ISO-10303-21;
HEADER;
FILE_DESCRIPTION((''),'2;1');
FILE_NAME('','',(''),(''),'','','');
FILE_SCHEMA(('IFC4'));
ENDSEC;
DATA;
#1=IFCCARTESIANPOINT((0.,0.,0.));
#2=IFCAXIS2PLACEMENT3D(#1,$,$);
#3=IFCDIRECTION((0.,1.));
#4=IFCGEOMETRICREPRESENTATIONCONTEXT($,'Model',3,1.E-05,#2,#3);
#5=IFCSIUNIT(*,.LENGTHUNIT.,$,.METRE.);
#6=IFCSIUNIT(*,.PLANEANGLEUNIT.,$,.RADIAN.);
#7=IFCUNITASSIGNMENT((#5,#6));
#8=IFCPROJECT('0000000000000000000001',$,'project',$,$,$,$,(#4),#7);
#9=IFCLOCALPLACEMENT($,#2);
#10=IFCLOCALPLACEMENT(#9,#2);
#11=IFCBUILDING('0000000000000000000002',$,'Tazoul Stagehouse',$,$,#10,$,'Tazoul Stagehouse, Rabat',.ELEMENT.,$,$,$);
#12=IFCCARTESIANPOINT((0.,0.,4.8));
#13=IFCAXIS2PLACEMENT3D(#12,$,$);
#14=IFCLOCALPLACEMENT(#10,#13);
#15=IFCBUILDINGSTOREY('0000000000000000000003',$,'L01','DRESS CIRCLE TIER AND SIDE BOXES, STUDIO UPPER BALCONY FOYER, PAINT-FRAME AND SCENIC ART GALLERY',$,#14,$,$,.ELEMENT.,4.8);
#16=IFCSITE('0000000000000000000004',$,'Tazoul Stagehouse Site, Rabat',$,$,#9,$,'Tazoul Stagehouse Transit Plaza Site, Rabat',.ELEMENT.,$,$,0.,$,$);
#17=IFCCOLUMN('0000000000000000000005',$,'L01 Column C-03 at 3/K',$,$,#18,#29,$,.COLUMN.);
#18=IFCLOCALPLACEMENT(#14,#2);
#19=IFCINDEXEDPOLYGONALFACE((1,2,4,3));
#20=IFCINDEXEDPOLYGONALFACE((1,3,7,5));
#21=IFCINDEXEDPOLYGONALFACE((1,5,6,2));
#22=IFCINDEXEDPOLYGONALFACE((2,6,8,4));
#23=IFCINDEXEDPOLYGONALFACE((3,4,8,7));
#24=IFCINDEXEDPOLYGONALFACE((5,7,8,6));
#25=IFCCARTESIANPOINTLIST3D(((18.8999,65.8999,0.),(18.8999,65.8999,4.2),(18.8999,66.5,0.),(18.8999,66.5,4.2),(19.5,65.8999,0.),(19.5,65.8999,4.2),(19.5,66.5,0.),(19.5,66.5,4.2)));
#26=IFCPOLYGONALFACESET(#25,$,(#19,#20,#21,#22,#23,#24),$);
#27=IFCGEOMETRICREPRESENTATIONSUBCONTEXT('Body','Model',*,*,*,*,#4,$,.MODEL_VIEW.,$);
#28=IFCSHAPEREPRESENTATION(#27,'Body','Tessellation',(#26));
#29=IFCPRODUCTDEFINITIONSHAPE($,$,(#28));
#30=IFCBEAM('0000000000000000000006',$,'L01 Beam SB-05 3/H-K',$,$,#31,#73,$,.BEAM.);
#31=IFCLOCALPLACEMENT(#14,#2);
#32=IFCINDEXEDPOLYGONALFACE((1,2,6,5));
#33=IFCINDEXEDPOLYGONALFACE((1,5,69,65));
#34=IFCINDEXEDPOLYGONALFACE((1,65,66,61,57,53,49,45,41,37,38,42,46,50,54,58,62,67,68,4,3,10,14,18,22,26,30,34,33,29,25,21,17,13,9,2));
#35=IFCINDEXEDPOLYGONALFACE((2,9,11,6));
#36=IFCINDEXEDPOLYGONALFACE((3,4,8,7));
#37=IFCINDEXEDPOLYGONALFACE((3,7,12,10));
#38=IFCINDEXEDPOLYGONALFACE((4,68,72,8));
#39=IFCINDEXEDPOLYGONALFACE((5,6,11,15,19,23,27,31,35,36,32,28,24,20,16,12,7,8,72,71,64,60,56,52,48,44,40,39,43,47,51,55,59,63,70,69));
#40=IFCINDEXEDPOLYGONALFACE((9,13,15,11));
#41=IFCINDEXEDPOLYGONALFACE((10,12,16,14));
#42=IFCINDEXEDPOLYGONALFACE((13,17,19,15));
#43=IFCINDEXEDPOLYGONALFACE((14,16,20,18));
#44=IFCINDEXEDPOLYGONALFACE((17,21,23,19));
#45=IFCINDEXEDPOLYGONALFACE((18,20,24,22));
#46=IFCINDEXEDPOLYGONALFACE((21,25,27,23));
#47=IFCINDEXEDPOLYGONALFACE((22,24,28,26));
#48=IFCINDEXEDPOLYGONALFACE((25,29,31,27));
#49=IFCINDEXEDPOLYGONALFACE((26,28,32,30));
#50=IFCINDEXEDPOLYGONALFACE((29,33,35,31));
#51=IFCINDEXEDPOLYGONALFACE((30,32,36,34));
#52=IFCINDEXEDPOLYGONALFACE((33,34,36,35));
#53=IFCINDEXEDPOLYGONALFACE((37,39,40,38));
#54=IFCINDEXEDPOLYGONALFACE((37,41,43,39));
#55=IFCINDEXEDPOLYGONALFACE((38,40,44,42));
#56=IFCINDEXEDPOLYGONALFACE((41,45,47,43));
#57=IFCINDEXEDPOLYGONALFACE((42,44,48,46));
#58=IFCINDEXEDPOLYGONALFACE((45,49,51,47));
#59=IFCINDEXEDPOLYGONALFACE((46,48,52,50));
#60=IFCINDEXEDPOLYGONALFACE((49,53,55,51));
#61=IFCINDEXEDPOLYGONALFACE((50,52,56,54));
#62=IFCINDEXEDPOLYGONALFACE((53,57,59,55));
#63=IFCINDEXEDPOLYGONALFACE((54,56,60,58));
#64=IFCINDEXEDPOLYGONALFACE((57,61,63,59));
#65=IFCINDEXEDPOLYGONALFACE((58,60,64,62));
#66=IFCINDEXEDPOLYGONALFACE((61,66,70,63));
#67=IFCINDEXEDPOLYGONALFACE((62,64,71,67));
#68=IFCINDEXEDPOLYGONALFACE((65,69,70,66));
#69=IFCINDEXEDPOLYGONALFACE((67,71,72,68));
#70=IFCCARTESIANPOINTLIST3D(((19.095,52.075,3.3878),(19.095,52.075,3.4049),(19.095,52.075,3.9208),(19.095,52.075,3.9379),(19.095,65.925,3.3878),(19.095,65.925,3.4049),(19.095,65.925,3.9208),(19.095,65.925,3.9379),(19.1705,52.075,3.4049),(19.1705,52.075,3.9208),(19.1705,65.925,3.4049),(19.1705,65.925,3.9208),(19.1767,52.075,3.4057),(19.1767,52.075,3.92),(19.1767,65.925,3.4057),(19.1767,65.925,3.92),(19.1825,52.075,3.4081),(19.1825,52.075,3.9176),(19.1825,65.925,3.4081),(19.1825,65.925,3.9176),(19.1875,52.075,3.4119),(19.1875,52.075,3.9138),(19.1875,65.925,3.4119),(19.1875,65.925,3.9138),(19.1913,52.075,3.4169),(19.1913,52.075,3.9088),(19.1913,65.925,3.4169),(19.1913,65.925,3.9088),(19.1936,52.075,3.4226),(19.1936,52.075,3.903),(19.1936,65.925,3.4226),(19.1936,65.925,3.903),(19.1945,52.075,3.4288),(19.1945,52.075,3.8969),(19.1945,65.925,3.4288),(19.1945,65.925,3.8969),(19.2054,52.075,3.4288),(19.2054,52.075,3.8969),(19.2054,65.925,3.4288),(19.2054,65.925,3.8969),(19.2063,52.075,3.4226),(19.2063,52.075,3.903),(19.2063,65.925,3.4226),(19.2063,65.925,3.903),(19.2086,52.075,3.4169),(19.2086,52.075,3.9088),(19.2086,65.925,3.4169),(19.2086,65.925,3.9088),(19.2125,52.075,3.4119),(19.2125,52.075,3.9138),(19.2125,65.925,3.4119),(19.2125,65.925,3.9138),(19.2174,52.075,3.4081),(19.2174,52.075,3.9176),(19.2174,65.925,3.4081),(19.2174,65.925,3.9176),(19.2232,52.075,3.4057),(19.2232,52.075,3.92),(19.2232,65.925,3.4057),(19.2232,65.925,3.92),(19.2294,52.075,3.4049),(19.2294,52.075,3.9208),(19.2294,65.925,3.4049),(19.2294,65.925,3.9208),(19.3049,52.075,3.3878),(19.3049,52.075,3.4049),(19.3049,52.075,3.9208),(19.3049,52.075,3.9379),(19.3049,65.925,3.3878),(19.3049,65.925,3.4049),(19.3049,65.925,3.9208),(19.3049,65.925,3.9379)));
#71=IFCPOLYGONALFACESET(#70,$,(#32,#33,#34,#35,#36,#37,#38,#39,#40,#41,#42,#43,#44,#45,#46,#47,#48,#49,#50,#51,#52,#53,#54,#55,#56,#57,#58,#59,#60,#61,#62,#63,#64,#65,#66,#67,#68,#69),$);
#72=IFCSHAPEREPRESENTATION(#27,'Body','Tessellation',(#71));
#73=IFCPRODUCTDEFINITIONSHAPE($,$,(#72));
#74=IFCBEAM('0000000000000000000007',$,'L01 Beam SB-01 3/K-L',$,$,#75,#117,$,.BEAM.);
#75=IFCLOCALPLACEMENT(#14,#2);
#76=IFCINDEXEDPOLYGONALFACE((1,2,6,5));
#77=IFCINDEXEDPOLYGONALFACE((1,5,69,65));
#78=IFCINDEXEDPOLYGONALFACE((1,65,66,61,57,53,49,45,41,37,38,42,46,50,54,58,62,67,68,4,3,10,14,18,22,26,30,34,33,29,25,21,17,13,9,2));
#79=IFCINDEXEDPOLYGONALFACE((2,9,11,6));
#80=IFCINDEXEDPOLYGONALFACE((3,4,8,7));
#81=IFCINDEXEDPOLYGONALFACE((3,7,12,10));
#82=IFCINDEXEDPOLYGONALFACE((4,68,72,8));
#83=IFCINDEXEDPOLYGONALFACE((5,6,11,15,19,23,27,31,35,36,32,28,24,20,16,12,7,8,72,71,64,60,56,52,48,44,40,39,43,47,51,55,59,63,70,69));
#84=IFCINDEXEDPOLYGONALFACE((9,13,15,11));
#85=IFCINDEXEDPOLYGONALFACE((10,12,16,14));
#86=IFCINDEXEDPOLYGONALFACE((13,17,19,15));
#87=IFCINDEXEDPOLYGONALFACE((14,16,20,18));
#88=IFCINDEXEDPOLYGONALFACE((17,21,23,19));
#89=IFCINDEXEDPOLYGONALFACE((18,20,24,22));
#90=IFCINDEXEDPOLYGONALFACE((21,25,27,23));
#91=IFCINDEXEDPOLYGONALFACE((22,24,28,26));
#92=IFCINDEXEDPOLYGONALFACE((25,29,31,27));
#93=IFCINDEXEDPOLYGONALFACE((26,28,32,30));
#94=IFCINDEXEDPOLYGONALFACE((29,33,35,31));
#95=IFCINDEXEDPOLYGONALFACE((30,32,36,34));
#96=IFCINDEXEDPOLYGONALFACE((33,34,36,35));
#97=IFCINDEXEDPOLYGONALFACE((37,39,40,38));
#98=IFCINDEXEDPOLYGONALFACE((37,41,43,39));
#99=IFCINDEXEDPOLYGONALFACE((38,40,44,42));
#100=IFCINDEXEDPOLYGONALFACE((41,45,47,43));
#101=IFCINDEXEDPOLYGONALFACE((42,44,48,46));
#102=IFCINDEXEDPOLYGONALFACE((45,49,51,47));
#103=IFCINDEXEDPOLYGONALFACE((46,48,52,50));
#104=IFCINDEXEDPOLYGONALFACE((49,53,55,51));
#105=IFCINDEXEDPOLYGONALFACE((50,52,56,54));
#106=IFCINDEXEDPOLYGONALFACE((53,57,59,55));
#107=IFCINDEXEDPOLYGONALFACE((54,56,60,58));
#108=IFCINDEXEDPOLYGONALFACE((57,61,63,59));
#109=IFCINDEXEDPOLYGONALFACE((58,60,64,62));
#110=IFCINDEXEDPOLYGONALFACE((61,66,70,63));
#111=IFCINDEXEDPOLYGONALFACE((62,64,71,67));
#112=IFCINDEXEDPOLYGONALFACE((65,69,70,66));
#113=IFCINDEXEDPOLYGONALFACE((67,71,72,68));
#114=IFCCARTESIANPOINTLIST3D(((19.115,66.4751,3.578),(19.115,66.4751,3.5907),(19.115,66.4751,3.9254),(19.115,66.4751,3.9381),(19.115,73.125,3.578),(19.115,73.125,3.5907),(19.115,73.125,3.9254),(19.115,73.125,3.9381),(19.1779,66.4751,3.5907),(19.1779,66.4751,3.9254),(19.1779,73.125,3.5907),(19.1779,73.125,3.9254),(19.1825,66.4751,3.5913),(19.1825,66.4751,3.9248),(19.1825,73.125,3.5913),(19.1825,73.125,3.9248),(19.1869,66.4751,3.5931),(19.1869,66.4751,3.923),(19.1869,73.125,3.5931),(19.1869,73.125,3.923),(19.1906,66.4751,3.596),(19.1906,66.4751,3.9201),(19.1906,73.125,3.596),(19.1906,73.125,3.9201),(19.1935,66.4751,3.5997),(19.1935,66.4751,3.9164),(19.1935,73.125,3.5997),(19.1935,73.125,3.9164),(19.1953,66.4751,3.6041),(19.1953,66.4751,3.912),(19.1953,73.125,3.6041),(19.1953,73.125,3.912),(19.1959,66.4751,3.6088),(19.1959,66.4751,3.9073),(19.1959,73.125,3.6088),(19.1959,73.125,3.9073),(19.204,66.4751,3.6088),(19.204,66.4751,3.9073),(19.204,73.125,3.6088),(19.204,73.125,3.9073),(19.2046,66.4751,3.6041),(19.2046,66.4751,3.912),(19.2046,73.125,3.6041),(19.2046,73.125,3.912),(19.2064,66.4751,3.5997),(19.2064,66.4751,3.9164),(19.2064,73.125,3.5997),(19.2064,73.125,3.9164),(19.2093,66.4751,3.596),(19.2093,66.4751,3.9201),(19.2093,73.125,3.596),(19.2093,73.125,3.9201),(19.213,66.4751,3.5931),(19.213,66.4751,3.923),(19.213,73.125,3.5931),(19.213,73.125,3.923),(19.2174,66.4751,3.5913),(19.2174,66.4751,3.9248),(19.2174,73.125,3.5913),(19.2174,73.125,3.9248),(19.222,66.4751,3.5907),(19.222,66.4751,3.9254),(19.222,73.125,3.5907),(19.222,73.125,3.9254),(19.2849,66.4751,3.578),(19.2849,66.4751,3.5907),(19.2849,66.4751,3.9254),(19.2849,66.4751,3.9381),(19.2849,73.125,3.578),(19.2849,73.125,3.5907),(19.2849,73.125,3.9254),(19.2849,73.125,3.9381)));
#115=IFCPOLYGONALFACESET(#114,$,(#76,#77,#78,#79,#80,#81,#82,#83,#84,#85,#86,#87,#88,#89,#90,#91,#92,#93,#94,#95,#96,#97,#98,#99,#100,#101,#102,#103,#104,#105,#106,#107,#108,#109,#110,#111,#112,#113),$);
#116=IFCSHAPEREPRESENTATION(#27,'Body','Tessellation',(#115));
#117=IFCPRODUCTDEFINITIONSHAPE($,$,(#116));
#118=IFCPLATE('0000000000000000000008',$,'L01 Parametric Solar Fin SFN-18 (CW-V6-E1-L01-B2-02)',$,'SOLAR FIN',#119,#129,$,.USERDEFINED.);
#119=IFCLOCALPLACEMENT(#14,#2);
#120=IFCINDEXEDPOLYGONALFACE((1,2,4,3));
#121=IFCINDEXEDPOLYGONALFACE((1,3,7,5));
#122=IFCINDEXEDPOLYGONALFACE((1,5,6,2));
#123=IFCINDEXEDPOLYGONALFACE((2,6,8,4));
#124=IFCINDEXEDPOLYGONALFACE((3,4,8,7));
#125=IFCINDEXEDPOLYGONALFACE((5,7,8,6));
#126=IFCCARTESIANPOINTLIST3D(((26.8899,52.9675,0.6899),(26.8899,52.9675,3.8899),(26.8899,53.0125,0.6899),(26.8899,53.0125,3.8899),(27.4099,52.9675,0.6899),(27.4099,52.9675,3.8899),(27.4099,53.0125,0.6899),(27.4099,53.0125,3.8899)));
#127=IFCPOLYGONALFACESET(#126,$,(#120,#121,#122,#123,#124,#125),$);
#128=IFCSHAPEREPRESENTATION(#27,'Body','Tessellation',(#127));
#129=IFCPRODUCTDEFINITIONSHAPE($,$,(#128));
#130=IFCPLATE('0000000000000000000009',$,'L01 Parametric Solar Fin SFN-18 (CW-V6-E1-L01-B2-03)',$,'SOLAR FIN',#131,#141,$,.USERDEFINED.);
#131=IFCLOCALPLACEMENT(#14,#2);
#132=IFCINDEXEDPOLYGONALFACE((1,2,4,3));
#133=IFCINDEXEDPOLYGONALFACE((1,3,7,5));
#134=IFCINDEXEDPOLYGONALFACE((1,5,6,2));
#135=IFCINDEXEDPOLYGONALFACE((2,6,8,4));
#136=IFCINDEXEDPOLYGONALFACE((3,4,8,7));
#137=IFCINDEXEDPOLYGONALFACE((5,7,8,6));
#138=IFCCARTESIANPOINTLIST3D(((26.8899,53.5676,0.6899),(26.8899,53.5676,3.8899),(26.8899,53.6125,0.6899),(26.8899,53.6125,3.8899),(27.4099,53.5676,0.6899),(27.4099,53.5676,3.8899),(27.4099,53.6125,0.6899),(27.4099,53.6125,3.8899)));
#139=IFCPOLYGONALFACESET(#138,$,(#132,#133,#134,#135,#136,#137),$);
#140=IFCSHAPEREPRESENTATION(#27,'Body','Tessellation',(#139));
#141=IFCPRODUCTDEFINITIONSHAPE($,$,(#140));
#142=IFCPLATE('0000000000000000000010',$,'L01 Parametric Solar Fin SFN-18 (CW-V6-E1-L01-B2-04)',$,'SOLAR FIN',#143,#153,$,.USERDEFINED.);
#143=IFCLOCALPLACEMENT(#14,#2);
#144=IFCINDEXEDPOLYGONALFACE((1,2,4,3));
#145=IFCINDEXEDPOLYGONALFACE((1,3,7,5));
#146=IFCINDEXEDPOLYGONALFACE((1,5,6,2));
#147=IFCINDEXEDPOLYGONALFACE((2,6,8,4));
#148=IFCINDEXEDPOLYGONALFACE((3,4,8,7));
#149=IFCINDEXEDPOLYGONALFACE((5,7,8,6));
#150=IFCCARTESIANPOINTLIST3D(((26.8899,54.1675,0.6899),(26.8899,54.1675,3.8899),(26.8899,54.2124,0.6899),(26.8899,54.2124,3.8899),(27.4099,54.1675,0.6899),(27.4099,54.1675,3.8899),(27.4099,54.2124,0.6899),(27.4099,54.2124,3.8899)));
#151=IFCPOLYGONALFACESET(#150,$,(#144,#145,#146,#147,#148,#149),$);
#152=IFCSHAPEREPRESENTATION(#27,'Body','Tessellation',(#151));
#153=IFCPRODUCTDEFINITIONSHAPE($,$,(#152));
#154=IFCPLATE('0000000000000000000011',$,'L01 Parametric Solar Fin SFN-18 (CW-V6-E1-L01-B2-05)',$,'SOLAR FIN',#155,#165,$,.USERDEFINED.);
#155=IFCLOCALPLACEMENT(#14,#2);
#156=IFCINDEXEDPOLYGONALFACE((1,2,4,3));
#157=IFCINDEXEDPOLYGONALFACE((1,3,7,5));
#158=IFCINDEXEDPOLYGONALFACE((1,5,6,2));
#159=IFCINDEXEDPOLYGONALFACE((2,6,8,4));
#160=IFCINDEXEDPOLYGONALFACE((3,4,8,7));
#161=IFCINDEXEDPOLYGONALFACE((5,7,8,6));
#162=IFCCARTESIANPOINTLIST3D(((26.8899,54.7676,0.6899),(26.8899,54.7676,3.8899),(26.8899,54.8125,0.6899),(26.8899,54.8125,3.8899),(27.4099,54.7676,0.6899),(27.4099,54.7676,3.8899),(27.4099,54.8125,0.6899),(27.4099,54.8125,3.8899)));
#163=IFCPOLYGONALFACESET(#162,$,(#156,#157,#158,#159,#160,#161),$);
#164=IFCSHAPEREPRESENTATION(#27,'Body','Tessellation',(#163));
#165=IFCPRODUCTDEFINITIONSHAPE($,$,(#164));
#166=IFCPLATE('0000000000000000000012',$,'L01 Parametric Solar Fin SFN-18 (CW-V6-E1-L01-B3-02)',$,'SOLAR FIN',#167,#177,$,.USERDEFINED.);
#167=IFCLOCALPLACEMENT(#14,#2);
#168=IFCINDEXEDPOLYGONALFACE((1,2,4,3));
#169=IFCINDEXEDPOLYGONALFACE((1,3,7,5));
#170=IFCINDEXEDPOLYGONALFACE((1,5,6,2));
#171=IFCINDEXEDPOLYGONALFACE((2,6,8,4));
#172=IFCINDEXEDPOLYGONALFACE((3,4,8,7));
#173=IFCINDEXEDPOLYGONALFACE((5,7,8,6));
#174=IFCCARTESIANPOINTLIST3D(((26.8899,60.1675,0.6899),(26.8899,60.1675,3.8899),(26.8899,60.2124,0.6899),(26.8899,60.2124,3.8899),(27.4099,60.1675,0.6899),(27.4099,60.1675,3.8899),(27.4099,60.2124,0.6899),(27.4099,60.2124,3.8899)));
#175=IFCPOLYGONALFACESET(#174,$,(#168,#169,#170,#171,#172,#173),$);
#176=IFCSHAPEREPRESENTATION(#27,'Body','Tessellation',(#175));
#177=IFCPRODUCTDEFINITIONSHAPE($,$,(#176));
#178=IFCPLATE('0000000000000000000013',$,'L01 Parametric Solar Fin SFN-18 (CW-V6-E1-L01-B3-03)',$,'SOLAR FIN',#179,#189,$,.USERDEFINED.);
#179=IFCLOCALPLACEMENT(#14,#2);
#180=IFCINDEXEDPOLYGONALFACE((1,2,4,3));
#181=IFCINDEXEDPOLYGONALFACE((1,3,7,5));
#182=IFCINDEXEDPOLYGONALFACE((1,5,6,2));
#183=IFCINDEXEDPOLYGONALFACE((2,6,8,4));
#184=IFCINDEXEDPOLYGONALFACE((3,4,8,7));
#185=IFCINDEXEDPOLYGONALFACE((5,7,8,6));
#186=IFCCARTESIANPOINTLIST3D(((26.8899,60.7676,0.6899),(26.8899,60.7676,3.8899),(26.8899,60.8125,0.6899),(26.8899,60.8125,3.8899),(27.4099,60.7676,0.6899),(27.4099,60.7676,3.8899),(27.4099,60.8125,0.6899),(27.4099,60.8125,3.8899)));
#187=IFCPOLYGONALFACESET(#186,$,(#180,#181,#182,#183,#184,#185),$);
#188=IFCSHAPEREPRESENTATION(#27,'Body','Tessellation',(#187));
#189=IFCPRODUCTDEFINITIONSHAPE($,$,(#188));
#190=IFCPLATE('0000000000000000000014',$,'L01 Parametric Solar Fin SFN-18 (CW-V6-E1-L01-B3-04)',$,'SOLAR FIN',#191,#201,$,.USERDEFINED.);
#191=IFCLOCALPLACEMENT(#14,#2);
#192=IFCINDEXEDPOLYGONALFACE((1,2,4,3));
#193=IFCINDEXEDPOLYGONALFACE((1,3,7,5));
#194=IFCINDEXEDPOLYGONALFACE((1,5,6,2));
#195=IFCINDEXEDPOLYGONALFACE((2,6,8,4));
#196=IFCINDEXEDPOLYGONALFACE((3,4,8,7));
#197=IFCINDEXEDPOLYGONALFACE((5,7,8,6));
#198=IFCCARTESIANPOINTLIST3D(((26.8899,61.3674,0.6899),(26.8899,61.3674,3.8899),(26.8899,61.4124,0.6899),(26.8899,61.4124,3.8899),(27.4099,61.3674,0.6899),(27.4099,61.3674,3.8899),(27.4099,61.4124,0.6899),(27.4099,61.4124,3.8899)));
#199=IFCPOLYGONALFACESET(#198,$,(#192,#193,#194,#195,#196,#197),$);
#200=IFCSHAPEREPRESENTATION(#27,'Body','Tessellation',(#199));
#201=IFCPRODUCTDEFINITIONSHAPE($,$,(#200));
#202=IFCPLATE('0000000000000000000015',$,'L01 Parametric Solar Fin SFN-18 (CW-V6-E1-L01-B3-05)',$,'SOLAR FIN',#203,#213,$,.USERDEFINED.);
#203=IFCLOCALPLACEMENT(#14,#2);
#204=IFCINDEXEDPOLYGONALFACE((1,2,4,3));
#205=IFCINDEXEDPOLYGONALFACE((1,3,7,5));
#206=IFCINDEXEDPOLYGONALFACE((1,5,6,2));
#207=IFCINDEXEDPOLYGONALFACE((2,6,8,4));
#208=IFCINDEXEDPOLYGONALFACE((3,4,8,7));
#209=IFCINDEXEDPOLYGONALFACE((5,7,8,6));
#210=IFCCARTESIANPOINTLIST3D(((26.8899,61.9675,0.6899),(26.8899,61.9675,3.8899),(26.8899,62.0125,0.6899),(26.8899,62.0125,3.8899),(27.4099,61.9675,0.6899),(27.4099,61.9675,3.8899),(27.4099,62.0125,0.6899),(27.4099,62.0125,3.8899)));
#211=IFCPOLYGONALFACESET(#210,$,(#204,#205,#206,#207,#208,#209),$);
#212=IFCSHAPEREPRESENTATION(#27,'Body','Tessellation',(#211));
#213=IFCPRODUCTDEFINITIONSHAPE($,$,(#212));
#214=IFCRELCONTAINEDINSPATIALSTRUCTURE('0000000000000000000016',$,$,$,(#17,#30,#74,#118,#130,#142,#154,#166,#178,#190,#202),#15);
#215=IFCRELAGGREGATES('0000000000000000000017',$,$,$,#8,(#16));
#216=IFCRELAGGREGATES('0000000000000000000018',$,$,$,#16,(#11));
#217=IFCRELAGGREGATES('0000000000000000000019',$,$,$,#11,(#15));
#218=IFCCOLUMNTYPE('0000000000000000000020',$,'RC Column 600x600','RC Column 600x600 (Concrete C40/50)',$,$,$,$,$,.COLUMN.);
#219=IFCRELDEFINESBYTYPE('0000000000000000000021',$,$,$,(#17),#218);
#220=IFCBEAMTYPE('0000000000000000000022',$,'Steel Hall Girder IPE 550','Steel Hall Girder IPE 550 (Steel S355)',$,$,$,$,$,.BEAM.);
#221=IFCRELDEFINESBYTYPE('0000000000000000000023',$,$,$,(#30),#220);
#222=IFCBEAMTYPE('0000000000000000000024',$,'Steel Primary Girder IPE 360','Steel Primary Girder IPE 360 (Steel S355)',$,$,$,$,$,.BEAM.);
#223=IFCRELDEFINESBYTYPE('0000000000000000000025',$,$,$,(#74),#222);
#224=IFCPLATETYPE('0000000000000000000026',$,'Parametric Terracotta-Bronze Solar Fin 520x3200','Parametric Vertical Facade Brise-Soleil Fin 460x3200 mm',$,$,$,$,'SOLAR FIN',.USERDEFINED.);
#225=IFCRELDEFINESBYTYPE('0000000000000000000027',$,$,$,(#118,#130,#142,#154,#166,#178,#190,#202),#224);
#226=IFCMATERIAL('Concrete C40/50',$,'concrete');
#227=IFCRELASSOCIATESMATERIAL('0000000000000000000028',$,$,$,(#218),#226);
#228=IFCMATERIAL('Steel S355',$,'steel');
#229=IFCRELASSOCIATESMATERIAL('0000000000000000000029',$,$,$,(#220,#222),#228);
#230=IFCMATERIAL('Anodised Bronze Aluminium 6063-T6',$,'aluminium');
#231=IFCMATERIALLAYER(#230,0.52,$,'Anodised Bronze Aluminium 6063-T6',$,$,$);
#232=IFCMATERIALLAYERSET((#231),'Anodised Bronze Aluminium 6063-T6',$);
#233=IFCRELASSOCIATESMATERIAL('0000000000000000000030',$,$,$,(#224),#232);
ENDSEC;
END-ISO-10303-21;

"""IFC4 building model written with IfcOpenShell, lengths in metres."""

from ifc_helpers import new_model, si_unit, direction, frame, origin, origin_2d, place, context, subcontext, project, spatial, rectangle, i_section, extrude, material, layer, layer_set, material_profile, profile_set, type_object, element, save


model = new_model("IFC4")

# Units and contexts
model_context = context("Model", 3, precision=1e-05, world=origin(), true_north=direction((0.0, 1.0)))
body_context = subcontext(model_context, "Body", "Model", "MODEL_VIEW")
ifc_project = project(units=[si_unit("LENGTHUNIT", "METRE"), si_unit("PLANEANGLEUNIT", "RADIAN")], contexts=[model_context])

# Site, building, storey
site_placement = place(None, origin())
site = spatial("IfcSite", under=ifc_project, at=site_placement, Name="Tazoul Stagehouse Site, Rabat", LongName="Tazoul Stagehouse Transit Plaza Site, Rabat", CompositionType="ELEMENT", RefElevation=0.0)
building_placement = place(site_placement, origin())
building = spatial("IfcBuilding", under=site, at=building_placement, Name="Tazoul Stagehouse", LongName="Tazoul Stagehouse, Rabat", CompositionType="ELEMENT")
storey_placement = place(building_placement, frame((0.0, 0.0, 4.8)))
storey = spatial("IfcBuildingStorey", under=building, at=storey_placement, Name="L01", Description="DRESS CIRCLE TIER AND SIDE BOXES, STUDIO UPPER BALCONY FOYER, PAINT-FRAME AND SCENIC ART GALLERY", CompositionType="ELEMENT", Elevation=4.8)

# Column
ifc_material_1 = material(Name="Concrete C40/50", Category="concrete")
ifc_material_profile_1 = material_profile(ifc_material_1, rectangle(XDim=0.6001, YDim=0.6001, at=origin_2d()), Name="RC 600x600")
ifc_profile_set_1 = profile_set([ifc_material_profile_1], Name="Concrete C40/50")
column_type = type_object("IfcColumnType", Name="RC Column 600x600", Description="RC Column 600x600 (Concrete C40/50)", PredefinedType="COLUMN", material=ifc_profile_set_1)
column_placement = place(storey_placement, frame((19.2, 66.2, 0.0), z_axis=(0.0, 0.0, 1.0), x_axis=(1.0, 0.0, 0.0)))
element("IfcColumn", 1, at=column_placement, inside=storey, type_object=column_type, Name="L01 Column C-03 at 3/K", PredefinedType="COLUMN", context=body_context, shape_type="SweptSolid", body=[
    extrude(rectangle(XDim=0.6001, YDim=0.6001, at=origin_2d()), origin(), (0.0, 0.0, 1.0), 4.2),
])

# Beams
ifc_material_2 = material(Name="Steel S355", Category="steel")
ifc_material_profile_2 = material_profile(ifc_material_2, i_section(OverallWidth=0.21, OverallDepth=0.55, WebThickness=0.011, FlangeThickness=0.0171, FilletRadius=0.0239, at=origin_2d()), Name="IPE 550")
ifc_profile_set_2 = profile_set([ifc_material_profile_2], Name="Steel S355")
beam_type_1 = type_object("IfcBeamType", Name="Steel Hall Girder IPE 550", Description="Steel Hall Girder IPE 550 (Steel S355)", PredefinedType="BEAM", material=ifc_profile_set_2)
beam_1_placement = place(storey_placement, frame((19.2, 52.075, 3.6628), z_axis=(0.0, 1.0, 0.0), x_axis=(-1.0, 0.0, 0.0)))
element("IfcBeam", 2, at=beam_1_placement, inside=storey, type_object=beam_type_1, Name="L01 Beam SB-05 3/H-K", PredefinedType="BEAM", context=body_context, shape_type="SweptSolid", body=[
    extrude(i_section(OverallWidth=0.21, OverallDepth=0.55, WebThickness=0.011, FlangeThickness=0.0171, FilletRadius=0.0239, at=origin_2d()), origin(), (0.0, 0.0, 1.0), 13.8501),
])
ifc_material_profile_3 = material_profile(ifc_material_2, i_section(OverallWidth=0.1699, OverallDepth=0.3601, WebThickness=0.0081, FlangeThickness=0.0127, FilletRadius=0.0181, at=origin_2d()), Name="IPE 360")
ifc_profile_set_3 = profile_set([ifc_material_profile_3], Name="Steel S355")
beam_type_2 = type_object("IfcBeamType", Name="Steel Primary Girder IPE 360", Description="Steel Primary Girder IPE 360 (Steel S355)", PredefinedType="BEAM", material=ifc_profile_set_3)
beam_2_placement = place(storey_placement, frame((19.2, 66.4751, 3.7581), z_axis=(0.0, 1.0, 0.0), x_axis=(-1.0, 0.0, 0.0)))
element("IfcBeam", 3, at=beam_2_placement, inside=storey, type_object=beam_type_2, Name="L01 Beam SB-01 3/K-L", PredefinedType="BEAM", context=body_context, shape_type="SweptSolid", body=[
    extrude(i_section(OverallWidth=0.1699, OverallDepth=0.3601, WebThickness=0.0081, FlangeThickness=0.0127, FilletRadius=0.0181, at=origin_2d()), origin(), (0.0, 0.0, 1.0), 6.6499),
])

# Plates
ifc_material_3 = material(Name="Anodised Bronze Aluminium 6063-T6", Category="aluminium")
ifc_layer_1 = layer(ifc_material_3, 0.52, Name="Anodised Bronze Aluminium 6063-T6")
ifc_layer_set_1 = layer_set([ifc_layer_1], Name="Anodised Bronze Aluminium 6063-T6")
plate_type_1 = type_object("IfcPlateType", Name="Parametric Terracotta-Bronze Solar Fin 520x3200", Description="Parametric Vertical Facade Brise-Soleil Fin 460x3200 mm", ElementType="SOLAR FIN", PredefinedType="USERDEFINED", material=ifc_layer_set_1)
for number, where, z_axis, x_axis, name in (
    (4, (27.1499, 52.99, 0.6899), (0.0, 0.0, 1.0), (0.0, 1.0, 0.0), "L01 Parametric Solar Fin SFN-18 (CW-V6-E1-L01-B2-02)"),
    (5, (27.1499, 53.5901, 0.6899), (0.0, 0.0, 1.0), (0.0, 1.0, 0.0), "L01 Parametric Solar Fin SFN-18 (CW-V6-E1-L01-B2-03)"),
    (6, (27.1499, 54.1899, 0.6899), (0.0, 0.0, 1.0), (0.0, 1.0, 0.0), "L01 Parametric Solar Fin SFN-18 (CW-V6-E1-L01-B2-04)"),
    (7, (27.1499, 54.79, 0.6899), (0.0, 0.0, 1.0), (0.0, 1.0, 0.0), "L01 Parametric Solar Fin SFN-18 (CW-V6-E1-L01-B2-05)"),
    (8, (27.1499, 60.1899, 0.6899), (0.0, 0.0, 1.0), (0.0, 1.0, 0.0), "L01 Parametric Solar Fin SFN-18 (CW-V6-E1-L01-B3-02)"),
    (9, (27.1499, 60.79, 0.6899), (0.0, 0.0, 1.0), (0.0, 1.0, 0.0), "L01 Parametric Solar Fin SFN-18 (CW-V6-E1-L01-B3-03)"),
    (10, (27.1499, 61.3899, 0.6899), (0.0, 0.0, 1.0), (0.0, 1.0, 0.0), "L01 Parametric Solar Fin SFN-18 (CW-V6-E1-L01-B3-04)"),
    (11, (27.1499, 61.99, 0.6899), (0.0, 0.0, 1.0), (0.0, 1.0, 0.0), "L01 Parametric Solar Fin SFN-18 (CW-V6-E1-L01-B3-05)"),
):
    element("IfcPlate", number, at=place(storey_placement, frame(where, z_axis=z_axis, x_axis=x_axis)), inside=storey, type_object=plate_type_1, Name=name, ObjectType="SOLAR FIN", PredefinedType="USERDEFINED", context=body_context, shape_type="SweptSolid", body=[
        extrude(rectangle(XDim=0.0449, YDim=0.52, at=origin_2d()), origin(), (0.0, 0.0, 1.0), 3.2),
    ])

save(model, "model.ifc")
